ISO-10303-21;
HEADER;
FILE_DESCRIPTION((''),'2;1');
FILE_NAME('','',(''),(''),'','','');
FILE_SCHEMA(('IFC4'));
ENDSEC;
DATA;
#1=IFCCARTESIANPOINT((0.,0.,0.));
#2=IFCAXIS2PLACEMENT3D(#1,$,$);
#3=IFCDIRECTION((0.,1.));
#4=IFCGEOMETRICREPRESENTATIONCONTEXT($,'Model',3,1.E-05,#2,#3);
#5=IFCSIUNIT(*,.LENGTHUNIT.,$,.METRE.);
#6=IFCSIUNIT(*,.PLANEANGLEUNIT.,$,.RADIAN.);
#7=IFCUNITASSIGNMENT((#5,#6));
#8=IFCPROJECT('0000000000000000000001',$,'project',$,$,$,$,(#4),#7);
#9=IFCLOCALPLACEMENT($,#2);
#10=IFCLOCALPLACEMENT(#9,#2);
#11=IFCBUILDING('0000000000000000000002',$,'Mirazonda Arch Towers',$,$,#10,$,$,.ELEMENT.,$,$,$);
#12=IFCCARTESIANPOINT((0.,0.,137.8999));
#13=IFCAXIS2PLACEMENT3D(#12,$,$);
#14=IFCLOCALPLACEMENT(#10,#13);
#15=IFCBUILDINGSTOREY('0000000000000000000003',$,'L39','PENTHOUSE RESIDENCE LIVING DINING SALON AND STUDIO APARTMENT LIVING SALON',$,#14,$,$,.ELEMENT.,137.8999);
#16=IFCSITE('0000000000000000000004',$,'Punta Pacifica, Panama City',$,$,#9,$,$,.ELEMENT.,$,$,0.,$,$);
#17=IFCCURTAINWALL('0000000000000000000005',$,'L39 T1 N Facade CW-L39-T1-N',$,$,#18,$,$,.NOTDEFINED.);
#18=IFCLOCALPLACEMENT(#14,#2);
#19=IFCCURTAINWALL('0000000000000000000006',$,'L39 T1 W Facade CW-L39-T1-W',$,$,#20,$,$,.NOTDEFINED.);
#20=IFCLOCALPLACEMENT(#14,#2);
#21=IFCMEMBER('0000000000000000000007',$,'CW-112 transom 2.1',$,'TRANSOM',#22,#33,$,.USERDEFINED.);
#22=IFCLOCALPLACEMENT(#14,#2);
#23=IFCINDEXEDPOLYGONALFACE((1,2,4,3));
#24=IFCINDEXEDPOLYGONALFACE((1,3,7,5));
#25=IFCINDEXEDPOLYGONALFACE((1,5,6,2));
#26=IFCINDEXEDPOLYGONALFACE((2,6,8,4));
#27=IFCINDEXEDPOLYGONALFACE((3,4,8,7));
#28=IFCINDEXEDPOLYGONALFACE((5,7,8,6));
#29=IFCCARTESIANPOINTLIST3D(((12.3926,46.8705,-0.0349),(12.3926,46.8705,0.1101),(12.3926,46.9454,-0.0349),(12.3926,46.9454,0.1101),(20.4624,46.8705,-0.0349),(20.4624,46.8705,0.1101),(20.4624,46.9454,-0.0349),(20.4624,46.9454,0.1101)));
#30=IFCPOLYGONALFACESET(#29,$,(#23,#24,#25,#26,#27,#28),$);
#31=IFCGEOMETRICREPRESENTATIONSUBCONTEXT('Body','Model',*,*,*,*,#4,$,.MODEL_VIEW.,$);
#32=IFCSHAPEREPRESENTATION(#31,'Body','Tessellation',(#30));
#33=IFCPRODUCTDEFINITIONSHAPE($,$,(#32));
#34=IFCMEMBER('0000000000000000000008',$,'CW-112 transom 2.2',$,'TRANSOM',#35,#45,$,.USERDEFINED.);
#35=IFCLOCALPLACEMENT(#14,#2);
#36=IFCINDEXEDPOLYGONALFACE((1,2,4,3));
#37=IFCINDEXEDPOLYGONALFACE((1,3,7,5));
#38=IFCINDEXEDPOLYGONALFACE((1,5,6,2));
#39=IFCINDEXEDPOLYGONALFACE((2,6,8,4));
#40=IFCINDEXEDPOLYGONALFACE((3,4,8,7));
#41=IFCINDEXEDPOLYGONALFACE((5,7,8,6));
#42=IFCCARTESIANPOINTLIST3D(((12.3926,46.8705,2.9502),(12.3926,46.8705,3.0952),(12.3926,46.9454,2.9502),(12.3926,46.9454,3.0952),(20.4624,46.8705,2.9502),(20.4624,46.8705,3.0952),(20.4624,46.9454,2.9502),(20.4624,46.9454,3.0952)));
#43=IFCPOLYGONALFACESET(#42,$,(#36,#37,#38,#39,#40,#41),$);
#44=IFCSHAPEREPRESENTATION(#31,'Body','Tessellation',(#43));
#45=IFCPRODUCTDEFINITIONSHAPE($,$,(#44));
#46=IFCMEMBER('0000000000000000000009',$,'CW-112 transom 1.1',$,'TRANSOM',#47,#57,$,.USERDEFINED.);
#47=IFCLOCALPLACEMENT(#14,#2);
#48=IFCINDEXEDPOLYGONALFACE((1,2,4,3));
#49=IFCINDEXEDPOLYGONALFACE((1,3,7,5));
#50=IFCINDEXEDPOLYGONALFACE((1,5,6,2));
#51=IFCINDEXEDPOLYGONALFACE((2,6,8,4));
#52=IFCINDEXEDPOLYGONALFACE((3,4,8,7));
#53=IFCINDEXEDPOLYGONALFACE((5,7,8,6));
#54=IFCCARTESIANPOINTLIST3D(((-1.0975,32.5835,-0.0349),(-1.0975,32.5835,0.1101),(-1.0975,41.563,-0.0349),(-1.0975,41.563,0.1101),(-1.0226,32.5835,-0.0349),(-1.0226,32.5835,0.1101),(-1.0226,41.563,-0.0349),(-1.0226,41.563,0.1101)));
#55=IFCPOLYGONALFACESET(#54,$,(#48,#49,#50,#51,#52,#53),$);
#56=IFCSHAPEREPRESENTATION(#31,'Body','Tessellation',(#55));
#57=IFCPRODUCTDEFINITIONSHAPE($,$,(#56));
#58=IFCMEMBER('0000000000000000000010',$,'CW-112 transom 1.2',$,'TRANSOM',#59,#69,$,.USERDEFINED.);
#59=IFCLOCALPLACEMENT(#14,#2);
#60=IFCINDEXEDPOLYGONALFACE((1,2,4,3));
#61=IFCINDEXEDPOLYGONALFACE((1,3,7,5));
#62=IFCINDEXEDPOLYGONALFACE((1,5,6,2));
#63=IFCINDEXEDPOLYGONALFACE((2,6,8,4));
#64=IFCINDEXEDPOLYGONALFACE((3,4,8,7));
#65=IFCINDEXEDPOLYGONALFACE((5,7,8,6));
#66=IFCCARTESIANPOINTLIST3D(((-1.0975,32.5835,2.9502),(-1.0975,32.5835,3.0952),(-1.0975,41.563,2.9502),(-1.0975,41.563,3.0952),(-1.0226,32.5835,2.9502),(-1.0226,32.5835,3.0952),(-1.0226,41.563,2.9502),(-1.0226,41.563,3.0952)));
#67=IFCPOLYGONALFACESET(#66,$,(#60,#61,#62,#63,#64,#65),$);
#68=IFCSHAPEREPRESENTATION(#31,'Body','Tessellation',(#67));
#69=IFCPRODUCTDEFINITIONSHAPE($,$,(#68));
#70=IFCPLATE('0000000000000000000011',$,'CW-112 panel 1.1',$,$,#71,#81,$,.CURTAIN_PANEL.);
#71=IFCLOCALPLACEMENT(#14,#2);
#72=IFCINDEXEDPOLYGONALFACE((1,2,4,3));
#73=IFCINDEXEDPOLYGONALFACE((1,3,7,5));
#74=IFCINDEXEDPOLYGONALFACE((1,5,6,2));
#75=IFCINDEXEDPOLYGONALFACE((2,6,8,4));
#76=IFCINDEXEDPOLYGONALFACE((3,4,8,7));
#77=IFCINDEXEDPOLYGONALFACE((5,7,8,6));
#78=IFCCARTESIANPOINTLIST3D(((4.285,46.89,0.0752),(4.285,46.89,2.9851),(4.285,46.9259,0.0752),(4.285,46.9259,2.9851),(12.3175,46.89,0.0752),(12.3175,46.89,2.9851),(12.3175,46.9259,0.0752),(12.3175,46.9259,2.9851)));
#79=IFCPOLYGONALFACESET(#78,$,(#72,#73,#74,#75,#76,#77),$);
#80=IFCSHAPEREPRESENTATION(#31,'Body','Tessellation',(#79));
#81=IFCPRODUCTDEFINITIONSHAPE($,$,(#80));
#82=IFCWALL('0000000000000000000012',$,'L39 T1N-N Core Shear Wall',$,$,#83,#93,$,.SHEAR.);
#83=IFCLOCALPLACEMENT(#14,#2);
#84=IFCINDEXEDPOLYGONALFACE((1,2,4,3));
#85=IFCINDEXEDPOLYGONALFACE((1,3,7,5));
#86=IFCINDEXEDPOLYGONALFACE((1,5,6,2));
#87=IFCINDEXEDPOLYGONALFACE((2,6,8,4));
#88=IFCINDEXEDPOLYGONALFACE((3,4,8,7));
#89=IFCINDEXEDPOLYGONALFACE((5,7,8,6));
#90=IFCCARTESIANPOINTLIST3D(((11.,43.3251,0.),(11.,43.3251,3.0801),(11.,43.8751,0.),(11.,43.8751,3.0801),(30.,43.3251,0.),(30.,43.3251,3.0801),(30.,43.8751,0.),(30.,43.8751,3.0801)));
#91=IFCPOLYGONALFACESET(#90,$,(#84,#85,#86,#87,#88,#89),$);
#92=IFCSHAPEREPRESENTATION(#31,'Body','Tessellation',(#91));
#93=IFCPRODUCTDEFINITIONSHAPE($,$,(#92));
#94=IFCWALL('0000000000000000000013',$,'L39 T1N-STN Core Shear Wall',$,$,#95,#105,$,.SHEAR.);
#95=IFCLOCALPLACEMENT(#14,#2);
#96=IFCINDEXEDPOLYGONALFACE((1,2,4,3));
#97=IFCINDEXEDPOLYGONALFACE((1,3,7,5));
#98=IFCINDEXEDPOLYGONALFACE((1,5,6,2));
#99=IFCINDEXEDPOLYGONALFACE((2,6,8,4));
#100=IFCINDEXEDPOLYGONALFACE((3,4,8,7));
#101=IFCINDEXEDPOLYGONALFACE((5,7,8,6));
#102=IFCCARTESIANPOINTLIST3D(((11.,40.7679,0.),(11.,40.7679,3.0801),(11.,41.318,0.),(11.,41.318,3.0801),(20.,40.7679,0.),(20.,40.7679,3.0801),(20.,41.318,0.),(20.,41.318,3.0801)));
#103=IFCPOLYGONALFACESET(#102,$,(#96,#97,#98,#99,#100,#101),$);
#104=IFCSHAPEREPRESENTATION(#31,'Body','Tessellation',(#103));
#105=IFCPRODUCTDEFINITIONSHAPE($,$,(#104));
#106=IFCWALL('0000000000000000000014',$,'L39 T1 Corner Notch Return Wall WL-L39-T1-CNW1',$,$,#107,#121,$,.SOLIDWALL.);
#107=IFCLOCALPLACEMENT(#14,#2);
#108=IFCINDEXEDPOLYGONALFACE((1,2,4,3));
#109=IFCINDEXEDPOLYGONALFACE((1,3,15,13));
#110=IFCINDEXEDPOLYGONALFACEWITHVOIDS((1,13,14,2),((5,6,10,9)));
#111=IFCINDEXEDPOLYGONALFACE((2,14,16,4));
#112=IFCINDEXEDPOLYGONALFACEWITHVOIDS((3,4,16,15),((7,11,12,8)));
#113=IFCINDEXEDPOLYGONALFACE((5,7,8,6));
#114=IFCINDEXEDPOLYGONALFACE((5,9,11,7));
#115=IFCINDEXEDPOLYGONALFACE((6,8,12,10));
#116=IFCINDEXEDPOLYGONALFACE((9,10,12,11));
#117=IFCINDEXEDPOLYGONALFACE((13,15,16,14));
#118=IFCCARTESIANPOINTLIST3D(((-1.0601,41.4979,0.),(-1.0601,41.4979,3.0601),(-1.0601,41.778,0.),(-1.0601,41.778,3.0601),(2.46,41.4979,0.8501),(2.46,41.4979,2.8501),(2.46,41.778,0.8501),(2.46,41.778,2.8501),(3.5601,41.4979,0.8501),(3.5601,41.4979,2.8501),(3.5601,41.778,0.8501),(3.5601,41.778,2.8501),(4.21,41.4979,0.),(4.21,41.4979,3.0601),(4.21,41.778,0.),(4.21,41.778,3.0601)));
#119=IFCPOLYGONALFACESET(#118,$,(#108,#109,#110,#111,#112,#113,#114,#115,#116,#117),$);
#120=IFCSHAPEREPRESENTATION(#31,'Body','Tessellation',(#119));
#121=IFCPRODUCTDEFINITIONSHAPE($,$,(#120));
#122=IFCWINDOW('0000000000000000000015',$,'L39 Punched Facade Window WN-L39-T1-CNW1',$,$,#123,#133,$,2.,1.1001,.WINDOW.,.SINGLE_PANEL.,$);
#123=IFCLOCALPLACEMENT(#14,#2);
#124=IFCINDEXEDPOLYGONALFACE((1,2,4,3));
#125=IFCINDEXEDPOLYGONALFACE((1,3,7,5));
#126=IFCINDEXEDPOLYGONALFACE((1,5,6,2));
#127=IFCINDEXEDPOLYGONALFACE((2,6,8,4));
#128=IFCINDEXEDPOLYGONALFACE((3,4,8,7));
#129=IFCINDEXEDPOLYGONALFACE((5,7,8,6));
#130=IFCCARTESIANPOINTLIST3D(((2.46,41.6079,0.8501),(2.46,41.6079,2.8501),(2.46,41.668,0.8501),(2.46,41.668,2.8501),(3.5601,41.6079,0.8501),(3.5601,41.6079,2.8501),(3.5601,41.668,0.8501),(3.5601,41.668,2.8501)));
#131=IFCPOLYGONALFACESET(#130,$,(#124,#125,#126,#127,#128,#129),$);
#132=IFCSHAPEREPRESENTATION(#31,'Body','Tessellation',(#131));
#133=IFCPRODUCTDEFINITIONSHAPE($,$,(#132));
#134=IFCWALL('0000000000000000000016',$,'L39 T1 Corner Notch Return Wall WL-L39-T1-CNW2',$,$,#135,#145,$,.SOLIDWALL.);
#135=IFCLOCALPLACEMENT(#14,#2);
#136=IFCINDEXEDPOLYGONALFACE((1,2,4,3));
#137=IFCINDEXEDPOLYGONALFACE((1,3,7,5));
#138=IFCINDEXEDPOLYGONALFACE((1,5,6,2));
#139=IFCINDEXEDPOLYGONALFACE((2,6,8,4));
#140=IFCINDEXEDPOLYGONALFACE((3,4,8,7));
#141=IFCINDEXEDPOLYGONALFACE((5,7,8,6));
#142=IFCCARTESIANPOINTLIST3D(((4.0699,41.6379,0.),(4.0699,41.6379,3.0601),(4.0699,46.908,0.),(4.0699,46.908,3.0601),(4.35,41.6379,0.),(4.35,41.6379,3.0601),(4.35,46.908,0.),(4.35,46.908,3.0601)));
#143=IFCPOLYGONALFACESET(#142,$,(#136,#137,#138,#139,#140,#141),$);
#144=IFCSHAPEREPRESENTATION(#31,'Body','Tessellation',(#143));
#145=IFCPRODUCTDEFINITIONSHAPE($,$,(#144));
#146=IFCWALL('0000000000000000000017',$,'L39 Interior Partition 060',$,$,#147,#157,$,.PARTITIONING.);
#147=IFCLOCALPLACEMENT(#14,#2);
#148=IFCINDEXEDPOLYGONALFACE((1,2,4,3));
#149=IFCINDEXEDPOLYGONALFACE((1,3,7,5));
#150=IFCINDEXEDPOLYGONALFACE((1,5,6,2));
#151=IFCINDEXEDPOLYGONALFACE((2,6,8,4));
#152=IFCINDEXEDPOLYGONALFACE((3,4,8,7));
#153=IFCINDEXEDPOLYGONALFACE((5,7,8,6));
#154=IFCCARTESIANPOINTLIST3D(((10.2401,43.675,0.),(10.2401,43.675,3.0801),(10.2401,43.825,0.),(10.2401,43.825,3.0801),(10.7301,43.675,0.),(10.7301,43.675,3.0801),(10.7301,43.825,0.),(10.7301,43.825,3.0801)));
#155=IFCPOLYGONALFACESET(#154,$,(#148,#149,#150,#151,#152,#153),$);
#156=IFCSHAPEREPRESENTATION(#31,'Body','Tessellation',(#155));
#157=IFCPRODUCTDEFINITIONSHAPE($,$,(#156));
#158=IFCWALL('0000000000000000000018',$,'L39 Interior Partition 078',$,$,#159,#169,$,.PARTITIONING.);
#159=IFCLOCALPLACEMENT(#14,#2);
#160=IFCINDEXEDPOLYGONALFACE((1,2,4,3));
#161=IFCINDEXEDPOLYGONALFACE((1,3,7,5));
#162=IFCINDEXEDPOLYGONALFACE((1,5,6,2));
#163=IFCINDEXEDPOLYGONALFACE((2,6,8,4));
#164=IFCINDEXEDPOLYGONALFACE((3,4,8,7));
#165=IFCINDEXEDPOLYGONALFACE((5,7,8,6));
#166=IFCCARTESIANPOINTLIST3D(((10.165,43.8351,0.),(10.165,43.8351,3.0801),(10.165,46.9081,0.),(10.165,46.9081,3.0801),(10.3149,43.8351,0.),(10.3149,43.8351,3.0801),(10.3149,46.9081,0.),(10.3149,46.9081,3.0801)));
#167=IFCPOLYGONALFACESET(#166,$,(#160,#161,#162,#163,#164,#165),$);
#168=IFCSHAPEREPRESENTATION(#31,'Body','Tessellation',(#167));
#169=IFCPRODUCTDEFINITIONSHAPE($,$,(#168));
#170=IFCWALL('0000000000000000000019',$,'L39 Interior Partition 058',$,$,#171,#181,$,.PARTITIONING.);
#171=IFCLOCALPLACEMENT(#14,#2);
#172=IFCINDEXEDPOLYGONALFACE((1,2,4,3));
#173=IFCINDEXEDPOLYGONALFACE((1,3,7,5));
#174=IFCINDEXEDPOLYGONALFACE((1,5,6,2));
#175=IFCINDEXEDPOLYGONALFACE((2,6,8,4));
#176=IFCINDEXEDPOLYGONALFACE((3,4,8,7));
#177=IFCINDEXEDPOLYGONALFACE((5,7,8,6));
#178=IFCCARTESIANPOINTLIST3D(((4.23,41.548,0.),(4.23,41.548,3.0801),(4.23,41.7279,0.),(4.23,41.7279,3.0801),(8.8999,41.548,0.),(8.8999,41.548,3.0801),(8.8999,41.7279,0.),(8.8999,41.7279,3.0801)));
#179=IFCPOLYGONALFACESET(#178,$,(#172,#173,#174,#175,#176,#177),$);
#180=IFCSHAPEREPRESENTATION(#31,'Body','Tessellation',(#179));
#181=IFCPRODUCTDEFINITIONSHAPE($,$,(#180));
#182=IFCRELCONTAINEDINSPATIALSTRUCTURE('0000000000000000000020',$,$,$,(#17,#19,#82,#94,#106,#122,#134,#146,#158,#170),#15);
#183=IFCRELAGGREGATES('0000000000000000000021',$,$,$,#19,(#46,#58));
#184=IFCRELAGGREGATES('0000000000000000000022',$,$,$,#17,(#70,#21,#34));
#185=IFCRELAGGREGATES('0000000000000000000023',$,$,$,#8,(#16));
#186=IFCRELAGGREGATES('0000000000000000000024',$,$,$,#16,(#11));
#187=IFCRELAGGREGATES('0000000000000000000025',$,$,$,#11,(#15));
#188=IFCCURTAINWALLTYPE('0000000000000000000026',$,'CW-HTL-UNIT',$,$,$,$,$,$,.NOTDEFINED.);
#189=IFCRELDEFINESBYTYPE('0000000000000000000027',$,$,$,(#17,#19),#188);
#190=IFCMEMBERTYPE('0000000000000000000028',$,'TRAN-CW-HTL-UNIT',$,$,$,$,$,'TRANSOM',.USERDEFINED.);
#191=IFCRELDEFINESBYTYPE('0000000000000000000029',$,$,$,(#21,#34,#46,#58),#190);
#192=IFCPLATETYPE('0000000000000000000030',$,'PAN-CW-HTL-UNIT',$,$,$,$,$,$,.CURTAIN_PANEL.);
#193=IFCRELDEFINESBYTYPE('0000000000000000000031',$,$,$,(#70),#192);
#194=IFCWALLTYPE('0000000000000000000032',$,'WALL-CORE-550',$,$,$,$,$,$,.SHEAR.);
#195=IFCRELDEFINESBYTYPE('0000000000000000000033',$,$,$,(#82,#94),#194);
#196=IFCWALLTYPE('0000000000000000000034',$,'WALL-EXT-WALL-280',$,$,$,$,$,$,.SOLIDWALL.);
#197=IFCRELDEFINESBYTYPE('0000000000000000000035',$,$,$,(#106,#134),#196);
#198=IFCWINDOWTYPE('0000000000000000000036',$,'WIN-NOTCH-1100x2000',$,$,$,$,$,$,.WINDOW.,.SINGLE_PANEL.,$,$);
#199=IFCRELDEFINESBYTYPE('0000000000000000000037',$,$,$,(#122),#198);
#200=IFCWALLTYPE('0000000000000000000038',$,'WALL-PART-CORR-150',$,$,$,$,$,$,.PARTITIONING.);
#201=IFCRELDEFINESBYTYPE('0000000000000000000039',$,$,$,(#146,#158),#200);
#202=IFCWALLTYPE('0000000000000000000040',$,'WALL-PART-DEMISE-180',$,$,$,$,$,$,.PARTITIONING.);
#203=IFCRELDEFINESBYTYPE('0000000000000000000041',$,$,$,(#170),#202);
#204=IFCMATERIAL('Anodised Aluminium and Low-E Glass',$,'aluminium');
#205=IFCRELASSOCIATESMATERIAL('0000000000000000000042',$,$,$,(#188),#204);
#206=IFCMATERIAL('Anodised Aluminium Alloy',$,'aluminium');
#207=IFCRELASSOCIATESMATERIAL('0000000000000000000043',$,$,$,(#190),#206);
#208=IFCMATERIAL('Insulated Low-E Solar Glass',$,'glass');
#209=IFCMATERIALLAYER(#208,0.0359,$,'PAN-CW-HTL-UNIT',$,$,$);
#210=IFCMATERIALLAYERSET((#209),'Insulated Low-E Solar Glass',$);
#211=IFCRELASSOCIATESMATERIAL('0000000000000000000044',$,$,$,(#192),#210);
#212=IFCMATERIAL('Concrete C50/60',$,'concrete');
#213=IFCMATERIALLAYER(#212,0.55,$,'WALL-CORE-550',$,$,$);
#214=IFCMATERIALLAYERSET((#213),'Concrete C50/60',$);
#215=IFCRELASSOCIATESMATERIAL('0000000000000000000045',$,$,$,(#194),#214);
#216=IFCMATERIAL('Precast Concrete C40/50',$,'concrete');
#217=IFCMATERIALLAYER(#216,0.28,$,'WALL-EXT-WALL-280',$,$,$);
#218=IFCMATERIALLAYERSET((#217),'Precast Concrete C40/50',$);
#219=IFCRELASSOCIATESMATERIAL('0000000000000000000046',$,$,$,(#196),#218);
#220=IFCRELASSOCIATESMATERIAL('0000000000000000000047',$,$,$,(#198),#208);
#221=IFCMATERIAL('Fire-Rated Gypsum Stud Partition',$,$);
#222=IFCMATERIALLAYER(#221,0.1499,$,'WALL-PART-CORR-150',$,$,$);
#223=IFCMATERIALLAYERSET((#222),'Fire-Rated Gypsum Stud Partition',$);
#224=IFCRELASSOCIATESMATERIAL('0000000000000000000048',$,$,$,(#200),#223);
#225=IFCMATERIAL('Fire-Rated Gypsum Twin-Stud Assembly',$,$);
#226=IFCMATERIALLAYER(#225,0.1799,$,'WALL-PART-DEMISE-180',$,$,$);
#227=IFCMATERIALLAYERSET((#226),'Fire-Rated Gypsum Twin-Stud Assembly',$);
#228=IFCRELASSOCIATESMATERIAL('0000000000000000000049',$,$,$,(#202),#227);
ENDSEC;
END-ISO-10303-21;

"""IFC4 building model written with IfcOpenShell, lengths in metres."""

from ifc_helpers import new_model, si_unit, direction, frame, frame_2d, origin, origin_2d, place, context, subcontext, project, spatial, rectangle, extrude, material, layer, layer_set, material_profile, profile_set, type_object, element, fill, aggregate, save


model = new_model("IFC4")

# Units and contexts
model_context = context("Model", 3, precision=1e-05, world=origin(), true_north=direction((0.0, 1.0)))
body_context = subcontext(model_context, "Body", "Model", "MODEL_VIEW")
ifc_project = project(units=[si_unit("LENGTHUNIT", "METRE"), si_unit("PLANEANGLEUNIT", "RADIAN")], contexts=[model_context])

# Site, building, storey
site_placement = place(None, origin())
site = spatial("IfcSite", under=ifc_project, at=site_placement, Name="Punta Pacifica, Panama City", CompositionType="ELEMENT", RefElevation=0.0)
building_placement = place(site_placement, origin())
building = spatial("IfcBuilding", under=site, at=building_placement, Name="Mirazonda Arch Towers", CompositionType="ELEMENT")
storey_placement = place(building_placement, frame((0.0, 0.0, 137.8999)))
storey = spatial("IfcBuildingStorey", under=building, at=storey_placement, Name="L39", Description="PENTHOUSE RESIDENCE LIVING DINING SALON AND STUDIO APARTMENT LIVING SALON", CompositionType="ELEMENT", Elevation=137.8999)

# Shared definitions
ifc_material_1 = material(Name="Concrete C50/60", Category="concrete")

# Curtain wall
ifc_material_2 = material(Name="Anodised Aluminium and Low-E Glass", Category="aluminium")
curtain_wall_type = type_object("IfcCurtainWallType", Name="CW-HTL-UNIT", PredefinedType="NOTDEFINED", material=ifc_material_2)
curtain_wall_1_placement = place(storey_placement, origin())
curtain_wall_1 = element("IfcCurtainWall", 1, at=curtain_wall_1_placement, inside=storey, type_object=curtain_wall_type, Name="L39 T1 N Facade CW-L39-T1-N", PredefinedType="NOTDEFINED")
ifc_material_3 = material(Name="Anodised Aluminium Alloy", Category="aluminium")

# Curtain wall
curtain_wall_2_placement = place(storey_placement, origin())
curtain_wall_2 = element("IfcCurtainWall", 2, at=curtain_wall_2_placement, inside=storey, type_object=curtain_wall_type, Name="L39 T1 W Facade CW-L39-T1-W", PredefinedType="NOTDEFINED")

# Members
ifc_material_profile_1 = material_profile(ifc_material_3, rectangle(XDim=0.075, YDim=0.145, at=origin_2d()), Name="ALU-TRAN-75x145")
ifc_profile_set_1 = profile_set([ifc_material_profile_1], Name="Anodised Aluminium Alloy")
member_type_1 = type_object("IfcMemberType", Name="TRAN-CW-HTL-UNIT", ElementType="TRANSOM", PredefinedType="USERDEFINED", material=ifc_profile_set_1)
member_1_placement = place(storey_placement, frame((12.3926, 46.908, 0.0376), z_axis=(1.0, 0.0, 0.0), x_axis=(0.0, 1.0, 0.0)))
member_1 = element("IfcMember", 3, at=member_1_placement, type_object=member_type_1, Name="CW-112 transom 2.1", ObjectType="TRANSOM", PredefinedType="USERDEFINED", context=body_context, shape_type="SweptSolid", body=[
    extrude(rectangle(XDim=0.075, YDim=0.145, at=origin_2d()), origin(), (0.0, 0.0, 1.0), 8.0698),
])
member_2_placement = place(storey_placement, frame((12.3926, 46.908, 3.0227), z_axis=(1.0, 0.0, 0.0), x_axis=(0.0, 1.0, 0.0)))
member_2 = element("IfcMember", 4, at=member_2_placement, type_object=member_type_1, Name="CW-112 transom 2.2", ObjectType="TRANSOM", PredefinedType="USERDEFINED", context=body_context, shape_type="SweptSolid", body=[
    extrude(rectangle(XDim=0.075, YDim=0.145, at=origin_2d()), origin(), (0.0, 0.0, 1.0), 8.0698),
])
member_3_placement = place(storey_placement, frame((-1.0601, 41.563, 0.0376), z_axis=(0.0, -1.0, 0.0), x_axis=(1.0, 0.0, 0.0)))
member_3 = element("IfcMember", 5, at=member_3_placement, type_object=member_type_1, Name="CW-112 transom 1.1", ObjectType="TRANSOM", PredefinedType="USERDEFINED", context=body_context, shape_type="SweptSolid", body=[
    extrude(rectangle(XDim=0.075, YDim=0.145, at=origin_2d()), origin(), (0.0, 0.0, 1.0), 8.9795),
])
member_4_placement = place(storey_placement, frame((-1.0601, 41.563, 3.0227), z_axis=(0.0, -1.0, 0.0), x_axis=(1.0, 0.0, 0.0)))
member_4 = element("IfcMember", 6, at=member_4_placement, type_object=member_type_1, Name="CW-112 transom 1.2", ObjectType="TRANSOM", PredefinedType="USERDEFINED", context=body_context, shape_type="SweptSolid", body=[
    extrude(rectangle(XDim=0.075, YDim=0.145, at=origin_2d()), origin(), (0.0, 0.0, 1.0), 8.9795),
])
aggregate(curtain_wall_2, [member_3, member_4])

# Plate
ifc_material_4 = material(Name="Insulated Low-E Solar Glass", Category="glass")
ifc_layer_1 = layer(ifc_material_4, 0.0359, Name="PAN-CW-HTL-UNIT")
ifc_layer_set_1 = layer_set([ifc_layer_1], Name="Insulated Low-E Solar Glass")
plate_type = type_object("IfcPlateType", Name="PAN-CW-HTL-UNIT", PredefinedType="CURTAIN_PANEL", material=ifc_layer_set_1)
plate_placement = place(storey_placement, frame((8.3013, 46.908, 0.0752), z_axis=(0.0, 0.0, 1.0), x_axis=(1.0, 0.0, 0.0)))
plate = element("IfcPlate", 7, at=plate_placement, type_object=plate_type, Name="CW-112 panel 1.1", PredefinedType="CURTAIN_PANEL", context=body_context, shape_type="SweptSolid", body=[
    extrude(rectangle(XDim=8.0325, YDim=0.0359, at=origin_2d()), origin(), (0.0, 0.0, 1.0), 2.9099),
])
aggregate(curtain_wall_1, [plate, member_1, member_2])

# Walls
ifc_layer_2 = layer(ifc_material_1, 0.55, Name="WALL-CORE-550")
ifc_layer_set_2 = layer_set([ifc_layer_2], Name="Concrete C50/60")
wall_type_1 = type_object("IfcWallType", Name="WALL-CORE-550", PredefinedType="SHEAR", material=ifc_layer_set_2)
wall_1_placement = place(storey_placement, frame((11.0, 43.6001, 0.0), z_axis=(0.0, 0.0, 1.0), x_axis=(1.0, 0.0, 0.0)))
element("IfcWall", 8, at=wall_1_placement, inside=storey, type_object=wall_type_1, Name="L39 T1N-N Core Shear Wall", PredefinedType="SHEAR", context=body_context, shape_type="SweptSolid", body=[
    extrude(rectangle(XDim=19.0, YDim=0.55, at=frame_2d((9.5, 0.0))), origin(), (0.0, 0.0, 1.0), 3.0801),
])
wall_2_placement = place(storey_placement, frame((11.0, 41.043, 0.0), z_axis=(0.0, 0.0, 1.0), x_axis=(1.0, 0.0, 0.0)))
element("IfcWall", 9, at=wall_2_placement, inside=storey, type_object=wall_type_1, Name="L39 T1N-STN Core Shear Wall", PredefinedType="SHEAR", context=body_context, shape_type="SweptSolid", body=[
    extrude(rectangle(XDim=9.0, YDim=0.55, at=frame_2d((4.5, 0.0))), origin(), (0.0, 0.0, 1.0), 3.0801),
])

# Wall, opening, window
ifc_material_5 = material(Name="Precast Concrete C40/50", Category="concrete")
ifc_layer_3 = layer(ifc_material_5, 0.28, Name="WALL-EXT-WALL-280")
ifc_layer_set_3 = layer_set([ifc_layer_3], Name="Precast Concrete C40/50")
wall_type_2 = type_object("IfcWallType", Name="WALL-EXT-WALL-280", PredefinedType="SOLIDWALL", material=ifc_layer_set_3)
wall_3_placement = place(storey_placement, frame((4.21, 41.6379, 0.0), z_axis=(0.0, 0.0, 1.0), x_axis=(-1.0, 0.0, 0.0)))
wall_3 = element("IfcWall", 10, at=wall_3_placement, inside=storey, type_object=wall_type_2, Name="L39 T1 Corner Notch Return Wall WL-L39-T1-CNW1", PredefinedType="SOLIDWALL", context=body_context, shape_type="SweptSolid", body=[
    extrude(rectangle(XDim=5.27, YDim=0.28, at=frame_2d((2.635, 0.0))), origin(), (0.0, 0.0, 1.0), 3.0601),
])
opening_1_placement = place(wall_3_placement, frame((0.6499, 0.0, 0.8501)))
opening_1 = element("IfcOpeningElement", 11, at=opening_1_placement, cuts=wall_3, PredefinedType="OPENING", context=body_context, shape_type="SweptSolid", body=[
    extrude(rectangle(XDim=1.1001, YDim=2.0, at=frame_2d((0.55, 1.0))), frame((0.0, 0.1499, 0.0), z_axis=(0.0, -1.0, 0.0), x_axis=(1.0, 0.0, 0.0)), (0.0, 0.0, 1.0), 0.3),
])
window_type = type_object("IfcWindowType", Name="WIN-NOTCH-1100x2000", PartitioningType="SINGLE_PANEL", PredefinedType="WINDOW", material=ifc_material_4)
window_placement = place(opening_1_placement, origin())
window = element("IfcWindow", 12, at=window_placement, inside=storey, type_object=window_type, Name="L39 Punched Facade Window WN-L39-T1-CNW1", OverallHeight=2.0, OverallWidth=1.1001, PartitioningType="SINGLE_PANEL", PredefinedType="WINDOW", context=body_context, shape_type="SweptSolid", body=[
    extrude(rectangle(XDim=1.1001, YDim=2.0, at=frame_2d((0.55, 1.0))), frame((0.0, 0.03, 0.0), z_axis=(0.0, -1.0, 0.0), x_axis=(1.0, 0.0, 0.0)), (0.0, 0.0, 1.0), 0.0601),
])
fill(opening_1, window)

# Walls
wall_4_placement = place(storey_placement, frame((4.21, 46.908, 0.0), z_axis=(0.0, 0.0, 1.0), x_axis=(0.0, -1.0, 0.0)))
element("IfcWall", 13, at=wall_4_placement, inside=storey, type_object=wall_type_2, Name="L39 T1 Corner Notch Return Wall WL-L39-T1-CNW2", PredefinedType="SOLIDWALL", context=body_context, shape_type="SweptSolid", body=[
    extrude(rectangle(XDim=5.27, YDim=0.28, at=frame_2d((2.635, 0.0))), origin(), (0.0, 0.0, 1.0), 3.0601),
])
ifc_material_6 = material(Name="Fire-Rated Gypsum Stud Partition")
ifc_layer_4 = layer(ifc_material_6, 0.1499, Name="WALL-PART-CORR-150")
ifc_layer_set_4 = layer_set([ifc_layer_4], Name="Fire-Rated Gypsum Stud Partition")
wall_type_3 = type_object("IfcWallType", Name="WALL-PART-CORR-150", PredefinedType="PARTITIONING", material=ifc_layer_set_4)
wall_5_placement = place(storey_placement, frame((10.24, 43.75, 0.0), z_axis=(0.0, 0.0, 1.0), x_axis=(1.0, 0.0, 0.0)))
element("IfcWall", 14, at=wall_5_placement, inside=storey, type_object=wall_type_3, Name="L39 Interior Partition 060", PredefinedType="PARTITIONING", context=body_context, shape_type="SweptSolid", body=[
    extrude(rectangle(XDim=0.49, YDim=0.1499, at=frame_2d((0.2451, 0.0))), origin(), (0.0, 0.0, 1.0), 3.0801),
])
wall_6_placement = place(storey_placement, frame((10.24, 43.835, 0.0), z_axis=(0.0, 0.0, 1.0), x_axis=(0.0, 1.0, 0.0)))
element("IfcWall", 15, at=wall_6_placement, inside=storey, type_object=wall_type_3, Name="L39 Interior Partition 078", PredefinedType="PARTITIONING", context=body_context, shape_type="SweptSolid", body=[
    extrude(rectangle(XDim=3.073, YDim=0.1499, at=frame_2d((1.5366, 0.0))), origin(), (0.0, 0.0, 1.0), 3.0801),
])
ifc_material_7 = material(Name="Fire-Rated Gypsum Twin-Stud Assembly")
ifc_layer_5 = layer(ifc_material_7, 0.1799, Name="WALL-PART-DEMISE-180")
ifc_layer_set_5 = layer_set([ifc_layer_5], Name="Fire-Rated Gypsum Twin-Stud Assembly")
wall_type_4 = type_object("IfcWallType", Name="WALL-PART-DEMISE-180", PredefinedType="PARTITIONING", material=ifc_layer_set_5)
wall_7_placement = place(storey_placement, frame((4.23, 41.6379, 0.0), z_axis=(0.0, 0.0, 1.0), x_axis=(1.0, 0.0, 0.0)))
element("IfcWall", 16, at=wall_7_placement, inside=storey, type_object=wall_type_4, Name="L39 Interior Partition 058", PredefinedType="PARTITIONING", context=body_context, shape_type="SweptSolid", body=[
    extrude(rectangle(XDim=4.6699, YDim=0.1799, at=frame_2d((2.335, 0.0))), origin(), (0.0, 0.0, 1.0), 3.0801),
])

save(model, "model.ifc")
